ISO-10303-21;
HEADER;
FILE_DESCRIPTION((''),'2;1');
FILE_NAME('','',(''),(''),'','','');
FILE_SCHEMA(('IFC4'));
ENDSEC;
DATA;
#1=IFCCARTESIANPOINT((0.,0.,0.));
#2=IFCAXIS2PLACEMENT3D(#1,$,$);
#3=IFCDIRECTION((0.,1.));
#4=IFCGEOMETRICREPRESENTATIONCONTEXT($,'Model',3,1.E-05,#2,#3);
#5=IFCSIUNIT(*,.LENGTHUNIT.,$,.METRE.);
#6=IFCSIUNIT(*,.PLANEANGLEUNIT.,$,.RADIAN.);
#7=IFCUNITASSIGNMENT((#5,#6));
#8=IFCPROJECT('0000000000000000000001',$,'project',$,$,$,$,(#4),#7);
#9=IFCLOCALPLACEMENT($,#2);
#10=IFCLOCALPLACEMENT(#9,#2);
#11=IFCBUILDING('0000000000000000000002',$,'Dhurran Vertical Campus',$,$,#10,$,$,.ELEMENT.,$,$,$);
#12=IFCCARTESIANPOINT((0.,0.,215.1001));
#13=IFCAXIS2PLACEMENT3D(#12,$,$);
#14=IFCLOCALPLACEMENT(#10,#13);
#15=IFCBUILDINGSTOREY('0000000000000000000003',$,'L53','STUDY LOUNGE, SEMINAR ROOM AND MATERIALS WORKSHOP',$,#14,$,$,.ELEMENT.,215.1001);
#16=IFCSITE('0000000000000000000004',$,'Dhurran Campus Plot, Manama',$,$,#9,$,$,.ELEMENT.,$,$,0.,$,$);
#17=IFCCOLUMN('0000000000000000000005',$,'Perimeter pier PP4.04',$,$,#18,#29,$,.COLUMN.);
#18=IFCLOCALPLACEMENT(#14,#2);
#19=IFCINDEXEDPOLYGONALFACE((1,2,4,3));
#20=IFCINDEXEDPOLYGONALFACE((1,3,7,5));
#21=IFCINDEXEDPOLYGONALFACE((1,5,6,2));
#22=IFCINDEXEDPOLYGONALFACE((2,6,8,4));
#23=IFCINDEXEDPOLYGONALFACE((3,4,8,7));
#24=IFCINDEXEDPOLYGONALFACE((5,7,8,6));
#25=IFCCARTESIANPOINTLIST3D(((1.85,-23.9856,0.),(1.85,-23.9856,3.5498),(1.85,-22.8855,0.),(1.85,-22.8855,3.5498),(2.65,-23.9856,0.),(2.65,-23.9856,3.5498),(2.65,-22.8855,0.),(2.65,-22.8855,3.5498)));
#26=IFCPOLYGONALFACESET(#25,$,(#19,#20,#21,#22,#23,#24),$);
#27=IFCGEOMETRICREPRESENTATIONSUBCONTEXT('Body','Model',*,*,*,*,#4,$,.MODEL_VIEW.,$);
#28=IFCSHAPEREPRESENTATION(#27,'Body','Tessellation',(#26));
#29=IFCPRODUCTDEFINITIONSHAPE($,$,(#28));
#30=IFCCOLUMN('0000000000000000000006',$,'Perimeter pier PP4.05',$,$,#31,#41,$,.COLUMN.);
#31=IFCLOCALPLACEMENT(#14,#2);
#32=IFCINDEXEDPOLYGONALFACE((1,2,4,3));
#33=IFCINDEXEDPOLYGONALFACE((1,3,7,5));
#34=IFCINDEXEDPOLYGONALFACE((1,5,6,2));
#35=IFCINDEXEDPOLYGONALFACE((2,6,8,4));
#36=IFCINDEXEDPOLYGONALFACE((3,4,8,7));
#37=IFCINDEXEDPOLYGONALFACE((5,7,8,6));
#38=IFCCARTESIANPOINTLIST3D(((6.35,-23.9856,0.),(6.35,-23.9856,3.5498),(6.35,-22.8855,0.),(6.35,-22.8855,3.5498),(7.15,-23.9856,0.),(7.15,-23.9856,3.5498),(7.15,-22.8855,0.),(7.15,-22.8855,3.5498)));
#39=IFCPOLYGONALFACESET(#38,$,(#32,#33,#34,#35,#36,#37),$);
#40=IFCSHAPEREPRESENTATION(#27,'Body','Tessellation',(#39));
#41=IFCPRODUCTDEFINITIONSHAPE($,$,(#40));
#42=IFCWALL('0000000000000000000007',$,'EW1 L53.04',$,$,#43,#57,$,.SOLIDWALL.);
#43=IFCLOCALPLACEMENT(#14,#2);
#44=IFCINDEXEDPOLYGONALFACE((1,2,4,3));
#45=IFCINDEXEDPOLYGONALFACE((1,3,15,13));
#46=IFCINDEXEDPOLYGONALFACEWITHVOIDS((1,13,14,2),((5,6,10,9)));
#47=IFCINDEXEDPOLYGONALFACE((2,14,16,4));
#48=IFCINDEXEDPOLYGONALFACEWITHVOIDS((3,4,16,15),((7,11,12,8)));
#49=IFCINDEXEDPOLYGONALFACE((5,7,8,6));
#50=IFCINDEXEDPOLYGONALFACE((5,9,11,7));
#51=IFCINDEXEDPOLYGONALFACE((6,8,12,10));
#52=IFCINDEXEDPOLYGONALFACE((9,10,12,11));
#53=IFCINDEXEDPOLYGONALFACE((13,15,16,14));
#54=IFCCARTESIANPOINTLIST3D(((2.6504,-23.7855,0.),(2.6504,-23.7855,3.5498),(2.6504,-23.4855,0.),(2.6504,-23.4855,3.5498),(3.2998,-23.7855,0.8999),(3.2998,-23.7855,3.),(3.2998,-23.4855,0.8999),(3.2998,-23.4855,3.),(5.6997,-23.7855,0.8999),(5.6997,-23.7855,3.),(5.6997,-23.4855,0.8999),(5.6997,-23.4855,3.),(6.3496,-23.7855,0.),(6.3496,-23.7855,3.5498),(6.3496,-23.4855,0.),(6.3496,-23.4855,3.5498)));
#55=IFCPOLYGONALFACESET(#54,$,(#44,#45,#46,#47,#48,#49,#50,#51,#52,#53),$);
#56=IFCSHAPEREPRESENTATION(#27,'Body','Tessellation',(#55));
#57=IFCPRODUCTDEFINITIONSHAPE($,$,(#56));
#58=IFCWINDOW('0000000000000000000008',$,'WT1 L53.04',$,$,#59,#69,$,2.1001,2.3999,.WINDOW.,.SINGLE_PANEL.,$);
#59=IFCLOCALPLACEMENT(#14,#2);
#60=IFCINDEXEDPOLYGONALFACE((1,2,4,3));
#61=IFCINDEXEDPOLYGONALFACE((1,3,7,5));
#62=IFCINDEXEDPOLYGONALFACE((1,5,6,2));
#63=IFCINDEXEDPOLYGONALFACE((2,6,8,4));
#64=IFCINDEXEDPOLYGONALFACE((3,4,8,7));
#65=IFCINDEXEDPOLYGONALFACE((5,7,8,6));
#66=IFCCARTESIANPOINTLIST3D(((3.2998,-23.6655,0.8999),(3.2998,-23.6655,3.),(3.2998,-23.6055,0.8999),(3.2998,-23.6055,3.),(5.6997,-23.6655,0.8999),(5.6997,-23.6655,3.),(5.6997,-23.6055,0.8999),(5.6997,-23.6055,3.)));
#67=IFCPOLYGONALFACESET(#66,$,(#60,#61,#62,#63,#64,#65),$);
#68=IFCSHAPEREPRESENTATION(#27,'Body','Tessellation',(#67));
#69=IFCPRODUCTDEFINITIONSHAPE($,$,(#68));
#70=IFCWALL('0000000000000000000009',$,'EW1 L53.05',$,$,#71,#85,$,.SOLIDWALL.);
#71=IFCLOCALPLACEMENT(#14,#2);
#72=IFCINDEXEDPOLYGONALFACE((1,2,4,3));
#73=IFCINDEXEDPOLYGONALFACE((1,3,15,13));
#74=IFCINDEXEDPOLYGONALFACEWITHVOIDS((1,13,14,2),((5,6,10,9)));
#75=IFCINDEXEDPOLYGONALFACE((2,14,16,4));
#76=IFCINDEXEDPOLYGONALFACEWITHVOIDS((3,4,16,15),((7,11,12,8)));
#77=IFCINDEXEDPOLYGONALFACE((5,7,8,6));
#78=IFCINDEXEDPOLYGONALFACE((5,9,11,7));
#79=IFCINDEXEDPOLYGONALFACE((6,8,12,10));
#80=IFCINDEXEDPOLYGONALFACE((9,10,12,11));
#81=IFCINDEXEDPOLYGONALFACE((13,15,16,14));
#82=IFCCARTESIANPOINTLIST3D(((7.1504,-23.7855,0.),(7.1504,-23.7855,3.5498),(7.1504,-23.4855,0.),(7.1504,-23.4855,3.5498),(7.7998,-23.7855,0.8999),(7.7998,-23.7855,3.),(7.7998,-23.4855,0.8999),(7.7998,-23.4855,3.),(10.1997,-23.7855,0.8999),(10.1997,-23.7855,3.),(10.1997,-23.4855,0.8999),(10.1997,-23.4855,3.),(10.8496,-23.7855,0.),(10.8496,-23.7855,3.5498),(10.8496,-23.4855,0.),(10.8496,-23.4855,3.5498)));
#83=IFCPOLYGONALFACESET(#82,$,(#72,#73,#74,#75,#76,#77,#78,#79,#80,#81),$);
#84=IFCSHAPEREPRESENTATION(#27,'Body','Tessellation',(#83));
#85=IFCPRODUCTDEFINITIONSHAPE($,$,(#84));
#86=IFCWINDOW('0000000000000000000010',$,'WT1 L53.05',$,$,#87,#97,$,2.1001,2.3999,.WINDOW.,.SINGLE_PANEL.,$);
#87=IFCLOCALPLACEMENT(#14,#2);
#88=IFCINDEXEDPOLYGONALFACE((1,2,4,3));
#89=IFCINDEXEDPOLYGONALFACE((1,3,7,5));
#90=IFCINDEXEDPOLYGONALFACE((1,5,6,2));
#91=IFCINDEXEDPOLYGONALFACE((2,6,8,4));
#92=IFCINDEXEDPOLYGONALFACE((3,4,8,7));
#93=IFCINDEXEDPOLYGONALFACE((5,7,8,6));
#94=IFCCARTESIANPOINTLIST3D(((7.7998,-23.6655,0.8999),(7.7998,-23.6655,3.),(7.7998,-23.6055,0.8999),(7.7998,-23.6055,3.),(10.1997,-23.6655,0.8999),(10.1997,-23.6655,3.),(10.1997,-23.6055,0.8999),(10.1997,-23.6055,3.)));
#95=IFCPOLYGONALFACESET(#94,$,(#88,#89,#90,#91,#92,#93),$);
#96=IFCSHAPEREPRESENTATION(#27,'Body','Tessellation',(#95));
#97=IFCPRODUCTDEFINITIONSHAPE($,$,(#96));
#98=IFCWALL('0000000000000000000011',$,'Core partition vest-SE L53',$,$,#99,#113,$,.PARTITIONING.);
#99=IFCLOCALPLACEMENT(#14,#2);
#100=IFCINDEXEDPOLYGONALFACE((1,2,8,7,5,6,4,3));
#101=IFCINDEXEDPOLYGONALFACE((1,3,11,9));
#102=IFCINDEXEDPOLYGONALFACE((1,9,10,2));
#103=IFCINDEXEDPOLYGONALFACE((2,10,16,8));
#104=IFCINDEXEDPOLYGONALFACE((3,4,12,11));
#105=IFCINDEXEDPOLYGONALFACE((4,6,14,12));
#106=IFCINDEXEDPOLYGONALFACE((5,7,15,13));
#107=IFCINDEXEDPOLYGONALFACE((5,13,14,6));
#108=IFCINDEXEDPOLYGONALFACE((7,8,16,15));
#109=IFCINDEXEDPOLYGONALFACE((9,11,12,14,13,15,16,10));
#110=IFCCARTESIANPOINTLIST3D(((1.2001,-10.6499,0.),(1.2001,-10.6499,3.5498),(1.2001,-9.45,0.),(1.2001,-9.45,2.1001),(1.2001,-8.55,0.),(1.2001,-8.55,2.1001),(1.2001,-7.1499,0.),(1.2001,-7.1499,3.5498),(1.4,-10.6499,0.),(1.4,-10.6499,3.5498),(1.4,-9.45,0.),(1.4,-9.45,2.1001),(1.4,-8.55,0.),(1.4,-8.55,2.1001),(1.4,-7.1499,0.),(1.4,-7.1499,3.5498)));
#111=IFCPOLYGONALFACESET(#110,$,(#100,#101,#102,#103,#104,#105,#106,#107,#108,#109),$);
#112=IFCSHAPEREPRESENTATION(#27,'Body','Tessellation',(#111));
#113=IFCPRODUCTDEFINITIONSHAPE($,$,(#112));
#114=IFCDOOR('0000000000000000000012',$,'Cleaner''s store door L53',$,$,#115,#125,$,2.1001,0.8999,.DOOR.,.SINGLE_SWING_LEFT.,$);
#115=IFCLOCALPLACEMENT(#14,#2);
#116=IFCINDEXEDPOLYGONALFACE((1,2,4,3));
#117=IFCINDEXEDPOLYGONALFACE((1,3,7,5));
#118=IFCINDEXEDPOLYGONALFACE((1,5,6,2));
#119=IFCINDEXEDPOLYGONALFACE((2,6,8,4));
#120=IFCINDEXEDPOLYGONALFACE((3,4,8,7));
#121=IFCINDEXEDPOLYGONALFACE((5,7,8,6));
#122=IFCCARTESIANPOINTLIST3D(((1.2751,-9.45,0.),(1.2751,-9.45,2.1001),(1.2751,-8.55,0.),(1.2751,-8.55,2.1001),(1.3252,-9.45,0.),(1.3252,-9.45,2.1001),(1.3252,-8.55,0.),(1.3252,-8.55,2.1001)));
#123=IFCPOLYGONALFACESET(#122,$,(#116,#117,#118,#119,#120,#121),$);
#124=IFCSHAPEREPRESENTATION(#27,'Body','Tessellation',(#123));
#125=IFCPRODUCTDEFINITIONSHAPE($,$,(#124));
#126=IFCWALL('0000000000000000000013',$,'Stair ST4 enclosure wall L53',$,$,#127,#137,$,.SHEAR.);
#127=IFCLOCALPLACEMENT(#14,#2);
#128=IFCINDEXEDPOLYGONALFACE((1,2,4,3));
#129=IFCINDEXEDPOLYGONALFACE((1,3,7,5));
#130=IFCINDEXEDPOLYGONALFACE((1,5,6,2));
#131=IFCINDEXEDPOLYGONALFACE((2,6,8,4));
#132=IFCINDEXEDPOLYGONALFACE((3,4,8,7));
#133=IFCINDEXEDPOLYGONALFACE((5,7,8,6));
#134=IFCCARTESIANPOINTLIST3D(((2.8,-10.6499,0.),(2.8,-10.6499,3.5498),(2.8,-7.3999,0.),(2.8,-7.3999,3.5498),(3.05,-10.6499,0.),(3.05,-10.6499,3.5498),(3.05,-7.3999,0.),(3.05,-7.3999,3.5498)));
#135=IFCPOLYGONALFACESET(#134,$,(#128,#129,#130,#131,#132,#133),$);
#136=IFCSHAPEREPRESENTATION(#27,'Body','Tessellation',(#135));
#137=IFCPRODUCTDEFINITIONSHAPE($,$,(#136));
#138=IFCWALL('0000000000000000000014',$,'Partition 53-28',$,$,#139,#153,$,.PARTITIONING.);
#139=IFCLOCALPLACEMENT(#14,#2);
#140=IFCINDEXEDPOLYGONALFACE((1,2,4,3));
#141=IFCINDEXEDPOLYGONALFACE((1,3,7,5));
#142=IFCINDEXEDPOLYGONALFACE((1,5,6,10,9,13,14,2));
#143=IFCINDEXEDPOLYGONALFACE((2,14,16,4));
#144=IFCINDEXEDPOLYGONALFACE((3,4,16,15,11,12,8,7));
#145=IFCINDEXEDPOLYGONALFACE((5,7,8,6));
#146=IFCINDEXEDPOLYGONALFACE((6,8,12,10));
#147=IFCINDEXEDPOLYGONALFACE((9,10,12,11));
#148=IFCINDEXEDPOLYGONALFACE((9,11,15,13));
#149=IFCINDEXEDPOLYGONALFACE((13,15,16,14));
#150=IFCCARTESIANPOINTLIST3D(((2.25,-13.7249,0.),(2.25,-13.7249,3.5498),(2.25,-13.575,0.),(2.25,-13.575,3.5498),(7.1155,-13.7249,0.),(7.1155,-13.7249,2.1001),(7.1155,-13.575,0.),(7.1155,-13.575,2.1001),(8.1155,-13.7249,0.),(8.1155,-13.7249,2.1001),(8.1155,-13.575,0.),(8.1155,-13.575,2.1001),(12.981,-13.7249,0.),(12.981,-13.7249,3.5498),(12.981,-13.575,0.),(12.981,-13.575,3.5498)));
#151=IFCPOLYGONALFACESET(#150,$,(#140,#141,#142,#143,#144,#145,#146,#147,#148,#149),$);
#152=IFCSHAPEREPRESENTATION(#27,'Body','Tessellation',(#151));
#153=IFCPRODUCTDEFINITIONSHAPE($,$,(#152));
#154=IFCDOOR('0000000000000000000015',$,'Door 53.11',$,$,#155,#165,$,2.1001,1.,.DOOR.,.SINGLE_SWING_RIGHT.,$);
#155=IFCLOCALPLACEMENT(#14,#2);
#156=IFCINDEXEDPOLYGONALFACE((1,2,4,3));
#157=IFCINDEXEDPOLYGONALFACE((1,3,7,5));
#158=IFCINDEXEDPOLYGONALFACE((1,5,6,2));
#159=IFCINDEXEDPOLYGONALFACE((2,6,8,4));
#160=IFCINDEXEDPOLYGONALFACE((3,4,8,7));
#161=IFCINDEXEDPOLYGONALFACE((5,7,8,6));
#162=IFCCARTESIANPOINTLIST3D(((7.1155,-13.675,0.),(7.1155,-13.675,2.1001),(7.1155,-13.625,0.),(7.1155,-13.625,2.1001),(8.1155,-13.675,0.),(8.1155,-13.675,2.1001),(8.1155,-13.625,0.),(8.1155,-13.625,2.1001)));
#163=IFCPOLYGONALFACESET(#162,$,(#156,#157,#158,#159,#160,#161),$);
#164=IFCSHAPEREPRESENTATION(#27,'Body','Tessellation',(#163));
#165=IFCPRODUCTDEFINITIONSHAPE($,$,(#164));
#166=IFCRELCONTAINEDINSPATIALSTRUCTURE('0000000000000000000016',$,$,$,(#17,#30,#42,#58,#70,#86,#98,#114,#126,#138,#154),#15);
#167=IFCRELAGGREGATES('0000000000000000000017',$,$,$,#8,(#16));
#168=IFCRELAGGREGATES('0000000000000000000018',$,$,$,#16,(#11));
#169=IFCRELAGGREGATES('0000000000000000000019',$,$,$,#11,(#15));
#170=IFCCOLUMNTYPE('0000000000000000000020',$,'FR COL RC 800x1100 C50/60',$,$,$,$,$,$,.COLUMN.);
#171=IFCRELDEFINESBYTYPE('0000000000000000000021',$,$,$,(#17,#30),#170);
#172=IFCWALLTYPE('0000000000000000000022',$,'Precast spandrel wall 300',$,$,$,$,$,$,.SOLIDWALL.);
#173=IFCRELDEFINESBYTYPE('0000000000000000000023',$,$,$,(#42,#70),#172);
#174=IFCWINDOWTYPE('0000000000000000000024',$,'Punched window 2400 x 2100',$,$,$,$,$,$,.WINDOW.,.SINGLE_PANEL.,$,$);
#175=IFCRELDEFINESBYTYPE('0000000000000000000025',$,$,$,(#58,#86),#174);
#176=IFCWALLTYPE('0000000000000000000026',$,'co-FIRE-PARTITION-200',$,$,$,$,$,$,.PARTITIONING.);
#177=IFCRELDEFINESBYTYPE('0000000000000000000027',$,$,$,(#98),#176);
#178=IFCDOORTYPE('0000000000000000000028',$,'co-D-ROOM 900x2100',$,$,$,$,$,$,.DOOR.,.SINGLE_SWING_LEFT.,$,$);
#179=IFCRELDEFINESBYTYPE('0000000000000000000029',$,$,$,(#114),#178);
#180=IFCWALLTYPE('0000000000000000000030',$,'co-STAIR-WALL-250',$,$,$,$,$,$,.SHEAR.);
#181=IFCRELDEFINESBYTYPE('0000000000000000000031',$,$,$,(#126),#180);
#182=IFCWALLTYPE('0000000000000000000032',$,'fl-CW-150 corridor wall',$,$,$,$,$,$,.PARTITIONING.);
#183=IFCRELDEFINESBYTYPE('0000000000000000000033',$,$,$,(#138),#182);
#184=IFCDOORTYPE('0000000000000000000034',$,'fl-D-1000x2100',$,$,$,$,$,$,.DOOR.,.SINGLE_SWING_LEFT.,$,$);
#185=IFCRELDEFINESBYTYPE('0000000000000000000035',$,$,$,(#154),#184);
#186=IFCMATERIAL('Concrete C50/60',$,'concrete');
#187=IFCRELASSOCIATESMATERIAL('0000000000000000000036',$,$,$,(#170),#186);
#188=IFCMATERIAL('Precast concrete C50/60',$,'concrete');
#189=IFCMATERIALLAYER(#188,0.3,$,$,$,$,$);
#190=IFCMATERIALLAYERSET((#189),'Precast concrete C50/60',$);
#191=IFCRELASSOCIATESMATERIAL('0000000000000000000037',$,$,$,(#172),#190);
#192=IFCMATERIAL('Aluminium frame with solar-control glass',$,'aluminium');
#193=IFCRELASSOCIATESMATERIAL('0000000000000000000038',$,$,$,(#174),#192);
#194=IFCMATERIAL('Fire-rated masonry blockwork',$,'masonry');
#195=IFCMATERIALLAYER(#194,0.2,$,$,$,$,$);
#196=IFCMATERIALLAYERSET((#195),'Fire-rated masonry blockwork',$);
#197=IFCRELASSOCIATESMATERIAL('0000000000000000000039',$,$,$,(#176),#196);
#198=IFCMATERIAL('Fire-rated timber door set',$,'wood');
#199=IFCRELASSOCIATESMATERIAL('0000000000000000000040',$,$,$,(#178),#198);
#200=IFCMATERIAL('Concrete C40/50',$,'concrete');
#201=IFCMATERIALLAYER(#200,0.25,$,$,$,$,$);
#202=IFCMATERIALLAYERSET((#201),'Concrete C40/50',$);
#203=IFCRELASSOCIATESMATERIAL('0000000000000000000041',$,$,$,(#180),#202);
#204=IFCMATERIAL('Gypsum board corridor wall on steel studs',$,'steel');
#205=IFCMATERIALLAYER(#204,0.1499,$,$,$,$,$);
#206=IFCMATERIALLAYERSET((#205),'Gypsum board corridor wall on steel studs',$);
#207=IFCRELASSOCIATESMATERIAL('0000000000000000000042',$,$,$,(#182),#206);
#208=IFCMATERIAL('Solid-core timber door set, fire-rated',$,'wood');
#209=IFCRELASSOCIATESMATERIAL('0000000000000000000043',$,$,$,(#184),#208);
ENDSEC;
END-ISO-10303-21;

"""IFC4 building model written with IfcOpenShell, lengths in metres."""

from ifc_helpers import new_model, si_unit, direction, frame, frame_2d, origin, origin_2d, place, context, subcontext, project, spatial, rectangle, extrude, material, layer, layer_set, material_profile, profile_set, type_object, element, fill, save


model = new_model("IFC4")

# Units and contexts
model_context = context("Model", 3, precision=1e-05, world=origin(), true_north=direction((0.0, 1.0)))
body_context = subcontext(model_context, "Body", "Model", "MODEL_VIEW")
ifc_project = project(units=[si_unit("LENGTHUNIT", "METRE"), si_unit("PLANEANGLEUNIT", "RADIAN")], contexts=[model_context])

# Site, building, storey
site_placement = place(None, origin())
site = spatial("IfcSite", under=ifc_project, at=site_placement, Name="Dhurran Campus Plot, Manama", CompositionType="ELEMENT", RefElevation=0.0)
building_placement = place(site_placement, origin())
building = spatial("IfcBuilding", under=site, at=building_placement, Name="Dhurran Vertical Campus", CompositionType="ELEMENT")
storey_placement = place(building_placement, frame((0.0, 0.0, 215.1001)))
storey = spatial("IfcBuildingStorey", under=building, at=storey_placement, Name="L53", Description="STUDY LOUNGE, SEMINAR ROOM AND MATERIALS WORKSHOP", CompositionType="ELEMENT", Elevation=215.1001)

# Columns
ifc_material_1 = material(Name="Concrete C50/60", Category="concrete")
ifc_material_profile = material_profile(ifc_material_1, rectangle(XDim=0.8, YDim=1.1001, at=origin_2d()), Name="RC 800x1100")
ifc_profile_set = profile_set([ifc_material_profile], Name="Concrete C50/60")
column_type = type_object("IfcColumnType", Name="FR COL RC 800x1100 C50/60", PredefinedType="COLUMN", material=ifc_profile_set)
for number, where, z_axis, x_axis, name in (
    (1, (2.25, -23.4355, 0.0), (0.0, 0.0, 1.0), (1.0, 0.0, 0.0), "Perimeter pier PP4.04"),
    (2, (6.75, -23.4355, 0.0), (0.0, 0.0, 1.0), (1.0, 0.0, 0.0), "Perimeter pier PP4.05"),
):
    element("IfcColumn", number, at=place(storey_placement, frame(where, z_axis=z_axis, x_axis=x_axis)), inside=storey, type_object=column_type, Name=name, PredefinedType="COLUMN", context=body_context, shape_type="SweptSolid", body=[
        extrude(rectangle(XDim=0.8, YDim=1.1001, at=origin_2d()), origin(), (0.0, 0.0, 1.0), 3.5498),
    ])

# Walls, openings, windows
ifc_material_2 = material(Name="Precast concrete C50/60", Category="concrete")
ifc_layer_1 = layer(ifc_material_2, 0.3)
ifc_layer_set_1 = layer_set([ifc_layer_1], Name="Precast concrete C50/60")
wall_type_1 = type_object("IfcWallType", Name="Precast spandrel wall 300", PredefinedType="SOLIDWALL", material=ifc_layer_set_1)
wall_1_placement = place(storey_placement, frame((2.6504, -23.6355, 0.0), z_axis=(0.0, 0.0, 1.0), x_axis=(1.0, 0.0, 0.0)))
wall_1 = element("IfcWall", 3, at=wall_1_placement, inside=storey, type_object=wall_type_1, Name="EW1 L53.04", PredefinedType="SOLIDWALL", context=body_context, shape_type="SweptSolid", body=[
    extrude(rectangle(XDim=3.6992, YDim=0.3, at=frame_2d((1.8496, 0.0))), origin(), (0.0, 0.0, 1.0), 3.5498),
])
opening_1_placement = place(wall_1_placement, frame((0.6494, 0.0, 0.8999)))
opening_1 = element("IfcOpeningElement", 4, at=opening_1_placement, cuts=wall_1, PredefinedType="OPENING", context=body_context, shape_type="SweptSolid", body=[
    extrude(rectangle(XDim=2.3999, YDim=2.1001, at=frame_2d((1.2, 1.05))), frame((0.0, 0.1599, 0.0), z_axis=(0.0, -1.0, 0.0), x_axis=(1.0, 0.0, 0.0)), (0.0, 0.0, 1.0), 0.3201),
])
ifc_material_3 = material(Name="Aluminium frame with solar-control glass", Category="aluminium")
window_type = type_object("IfcWindowType", Name="Punched window 2400 x 2100", PartitioningType="SINGLE_PANEL", PredefinedType="WINDOW", material=ifc_material_3)
window_1_placement = place(opening_1_placement, origin())
window_1 = element("IfcWindow", 5, at=window_1_placement, inside=storey, type_object=window_type, Name="WT1 L53.04", OverallHeight=2.1001, OverallWidth=2.3999, PartitioningType="SINGLE_PANEL", PredefinedType="WINDOW", context=body_context, shape_type="SweptSolid", body=[
    extrude(rectangle(XDim=2.3999, YDim=2.1001, at=frame_2d((1.2, 1.05))), frame((0.0, 0.03, 0.0), z_axis=(0.0, -1.0, 0.0), x_axis=(1.0, 0.0, 0.0)), (0.0, 0.0, 1.0), 0.0601),
])
fill(opening_1, window_1)
wall_2_placement = place(storey_placement, frame((7.1504, -23.6355, 0.0), z_axis=(0.0, 0.0, 1.0), x_axis=(1.0, 0.0, 0.0)))
wall_2 = element("IfcWall", 6, at=wall_2_placement, inside=storey, type_object=wall_type_1, Name="EW1 L53.05", PredefinedType="SOLIDWALL", context=body_context, shape_type="SweptSolid", body=[
    extrude(rectangle(XDim=3.6992, YDim=0.3, at=frame_2d((1.8496, 0.0))), origin(), (0.0, 0.0, 1.0), 3.5498),
])
opening_2_placement = place(wall_2_placement, frame((0.6494, 0.0, 0.8999)))
opening_2 = element("IfcOpeningElement", 7, at=opening_2_placement, cuts=wall_2, PredefinedType="OPENING", context=body_context, shape_type="SweptSolid", body=[
    extrude(rectangle(XDim=2.3999, YDim=2.1001, at=frame_2d((1.2, 1.05))), frame((0.0, 0.1599, 0.0), z_axis=(0.0, -1.0, 0.0), x_axis=(1.0, 0.0, 0.0)), (0.0, 0.0, 1.0), 0.3201),
])
window_2_placement = place(opening_2_placement, origin())
window_2 = element("IfcWindow", 8, at=window_2_placement, inside=storey, type_object=window_type, Name="WT1 L53.05", OverallHeight=2.1001, OverallWidth=2.3999, PartitioningType="SINGLE_PANEL", PredefinedType="WINDOW", context=body_context, shape_type="SweptSolid", body=[
    extrude(rectangle(XDim=2.3999, YDim=2.1001, at=frame_2d((1.2, 1.05))), frame((0.0, 0.03, 0.0), z_axis=(0.0, -1.0, 0.0), x_axis=(1.0, 0.0, 0.0)), (0.0, 0.0, 1.0), 0.0601),
])
fill(opening_2, window_2)

# Wall, opening, door
ifc_material_4 = material(Name="Fire-rated masonry blockwork", Category="masonry")
ifc_layer_2 = layer(ifc_material_4, 0.2)
ifc_layer_set_2 = layer_set([ifc_layer_2], Name="Fire-rated masonry blockwork")
wall_type_2 = type_object("IfcWallType", Name="co-FIRE-PARTITION-200", PredefinedType="PARTITIONING", material=ifc_layer_set_2)
wall_3_placement = place(storey_placement, frame((1.3, -10.6499, 0.0), z_axis=(0.0, 0.0, 1.0), x_axis=(0.0, 1.0, 0.0)))
wall_3 = element("IfcWall", 9, at=wall_3_placement, inside=storey, type_object=wall_type_2, Name="Core partition vest-SE L53", PredefinedType="PARTITIONING", context=body_context, shape_type="SweptSolid", body=[
    extrude(rectangle(XDim=3.5, YDim=0.2, at=frame_2d((1.75, 0.0))), origin(), (0.0, 0.0, 1.0), 3.5498),
])
opening_3_placement = place(wall_3_placement, frame((1.2, 0.0, 0.0)))
opening_3 = element("IfcOpeningElement", 10, at=opening_3_placement, cuts=wall_3, PredefinedType="OPENING", context=body_context, shape_type="SweptSolid", body=[
    extrude(rectangle(XDim=0.8999, YDim=2.1001, at=frame_2d((0.45, 1.05))), frame((0.0, 0.1099, 0.0), z_axis=(0.0, -1.0, 0.0), x_axis=(1.0, 0.0, 0.0)), (0.0, 0.0, 1.0), 0.22),
])
ifc_material_5 = material(Name="Fire-rated timber door set", Category="wood")
door_type_1 = type_object("IfcDoorType", Name="co-D-ROOM 900x2100", OperationType="SINGLE_SWING_LEFT", PredefinedType="DOOR", material=ifc_material_5)
door_1_placement = place(opening_3_placement, origin())
door_1 = element("IfcDoor", 11, at=door_1_placement, inside=storey, type_object=door_type_1, Name="Cleaner's store door L53", OperationType="SINGLE_SWING_LEFT", OverallHeight=2.1001, OverallWidth=0.8999, PredefinedType="DOOR", context=body_context, shape_type="SweptSolid", body=[
    extrude(rectangle(XDim=0.8999, YDim=2.1001, at=frame_2d((0.45, 1.05))), frame((0.0, 0.0249, 0.0), z_axis=(0.0, -1.0, 0.0), x_axis=(1.0, 0.0, 0.0)), (0.0, 0.0, 1.0), 0.05),
])
fill(opening_3, door_1)

# Wall
ifc_material_6 = material(Name="Concrete C40/50", Category="concrete")
ifc_layer_3 = layer(ifc_material_6, 0.25)
ifc_layer_set_3 = layer_set([ifc_layer_3], Name="Concrete C40/50")
wall_type_3 = type_object("IfcWallType", Name="co-STAIR-WALL-250", PredefinedType="SHEAR", material=ifc_layer_set_3)
wall_4_placement = place(storey_placement, frame((2.925, -10.6499, 0.0), z_axis=(0.0, 0.0, 1.0), x_axis=(0.0, 1.0, 0.0)))
element("IfcWall", 12, at=wall_4_placement, inside=storey, type_object=wall_type_3, Name="Stair ST4 enclosure wall L53", PredefinedType="SHEAR", context=body_context, shape_type="SweptSolid", body=[
    extrude(rectangle(XDim=3.25, YDim=0.25, at=frame_2d((1.625, 0.0))), origin(), (0.0, 0.0, 1.0), 3.5498),
])

# Wall, opening, door
ifc_material_7 = material(Name="Gypsum board corridor wall on steel studs", Category="steel")
ifc_layer_4 = layer(ifc_material_7, 0.1499)
ifc_layer_set_4 = layer_set([ifc_layer_4], Name="Gypsum board corridor wall on steel studs")
wall_type_4 = type_object("IfcWallType", Name="fl-CW-150 corridor wall", PredefinedType="PARTITIONING", material=ifc_layer_set_4)
wall_5_placement = place(storey_placement, frame((2.25, -13.6499, 0.0), z_axis=(0.0, 0.0, 1.0), x_axis=(1.0, 0.0, 0.0)))
wall_5 = element("IfcWall", 13, at=wall_5_placement, inside=storey, type_object=wall_type_4, Name="Partition 53-28", PredefinedType="PARTITIONING", context=body_context, shape_type="SweptSolid", body=[
    extrude(rectangle(XDim=10.731, YDim=0.1499, at=frame_2d((5.3655, 0.0))), origin(), (0.0, 0.0, 1.0), 3.5498),
])
opening_4_placement = place(wall_5_placement, frame((4.8655, 0.0, 0.0)))
opening_4 = element("IfcOpeningElement", 14, at=opening_4_placement, cuts=wall_5, PredefinedType="OPENING", context=body_context, shape_type="SweptSolid", body=[
    extrude(rectangle(XDim=1.0, YDim=2.1001, at=frame_2d((0.5, 1.05))), frame((0.0, 0.085, 0.0), z_axis=(0.0, -1.0, 0.0), x_axis=(1.0, 0.0, 0.0)), (0.0, 0.0, 1.0), 0.1699),
])
ifc_material_8 = material(Name="Solid-core timber door set, fire-rated", Category="wood")
door_type_2 = type_object("IfcDoorType", Name="fl-D-1000x2100", OperationType="SINGLE_SWING_LEFT", PredefinedType="DOOR", material=ifc_material_8)
door_2_placement = place(opening_4_placement, origin())
door_2 = element("IfcDoor", 15, at=door_2_placement, inside=storey, type_object=door_type_2, Name="Door 53.11", OperationType="SINGLE_SWING_RIGHT", OverallHeight=2.1001, OverallWidth=1.0, PredefinedType="DOOR", context=body_context, shape_type="SweptSolid", body=[
    extrude(rectangle(XDim=1.0, YDim=2.1001, at=frame_2d((0.5, 1.05))), frame((0.0, 0.0249, 0.0), z_axis=(0.0, -1.0, 0.0), x_axis=(1.0, 0.0, 0.0)), (0.0, 0.0, 1.0), 0.05),
])
fill(opening_4, door_2)

save(model, "model.ifc")
